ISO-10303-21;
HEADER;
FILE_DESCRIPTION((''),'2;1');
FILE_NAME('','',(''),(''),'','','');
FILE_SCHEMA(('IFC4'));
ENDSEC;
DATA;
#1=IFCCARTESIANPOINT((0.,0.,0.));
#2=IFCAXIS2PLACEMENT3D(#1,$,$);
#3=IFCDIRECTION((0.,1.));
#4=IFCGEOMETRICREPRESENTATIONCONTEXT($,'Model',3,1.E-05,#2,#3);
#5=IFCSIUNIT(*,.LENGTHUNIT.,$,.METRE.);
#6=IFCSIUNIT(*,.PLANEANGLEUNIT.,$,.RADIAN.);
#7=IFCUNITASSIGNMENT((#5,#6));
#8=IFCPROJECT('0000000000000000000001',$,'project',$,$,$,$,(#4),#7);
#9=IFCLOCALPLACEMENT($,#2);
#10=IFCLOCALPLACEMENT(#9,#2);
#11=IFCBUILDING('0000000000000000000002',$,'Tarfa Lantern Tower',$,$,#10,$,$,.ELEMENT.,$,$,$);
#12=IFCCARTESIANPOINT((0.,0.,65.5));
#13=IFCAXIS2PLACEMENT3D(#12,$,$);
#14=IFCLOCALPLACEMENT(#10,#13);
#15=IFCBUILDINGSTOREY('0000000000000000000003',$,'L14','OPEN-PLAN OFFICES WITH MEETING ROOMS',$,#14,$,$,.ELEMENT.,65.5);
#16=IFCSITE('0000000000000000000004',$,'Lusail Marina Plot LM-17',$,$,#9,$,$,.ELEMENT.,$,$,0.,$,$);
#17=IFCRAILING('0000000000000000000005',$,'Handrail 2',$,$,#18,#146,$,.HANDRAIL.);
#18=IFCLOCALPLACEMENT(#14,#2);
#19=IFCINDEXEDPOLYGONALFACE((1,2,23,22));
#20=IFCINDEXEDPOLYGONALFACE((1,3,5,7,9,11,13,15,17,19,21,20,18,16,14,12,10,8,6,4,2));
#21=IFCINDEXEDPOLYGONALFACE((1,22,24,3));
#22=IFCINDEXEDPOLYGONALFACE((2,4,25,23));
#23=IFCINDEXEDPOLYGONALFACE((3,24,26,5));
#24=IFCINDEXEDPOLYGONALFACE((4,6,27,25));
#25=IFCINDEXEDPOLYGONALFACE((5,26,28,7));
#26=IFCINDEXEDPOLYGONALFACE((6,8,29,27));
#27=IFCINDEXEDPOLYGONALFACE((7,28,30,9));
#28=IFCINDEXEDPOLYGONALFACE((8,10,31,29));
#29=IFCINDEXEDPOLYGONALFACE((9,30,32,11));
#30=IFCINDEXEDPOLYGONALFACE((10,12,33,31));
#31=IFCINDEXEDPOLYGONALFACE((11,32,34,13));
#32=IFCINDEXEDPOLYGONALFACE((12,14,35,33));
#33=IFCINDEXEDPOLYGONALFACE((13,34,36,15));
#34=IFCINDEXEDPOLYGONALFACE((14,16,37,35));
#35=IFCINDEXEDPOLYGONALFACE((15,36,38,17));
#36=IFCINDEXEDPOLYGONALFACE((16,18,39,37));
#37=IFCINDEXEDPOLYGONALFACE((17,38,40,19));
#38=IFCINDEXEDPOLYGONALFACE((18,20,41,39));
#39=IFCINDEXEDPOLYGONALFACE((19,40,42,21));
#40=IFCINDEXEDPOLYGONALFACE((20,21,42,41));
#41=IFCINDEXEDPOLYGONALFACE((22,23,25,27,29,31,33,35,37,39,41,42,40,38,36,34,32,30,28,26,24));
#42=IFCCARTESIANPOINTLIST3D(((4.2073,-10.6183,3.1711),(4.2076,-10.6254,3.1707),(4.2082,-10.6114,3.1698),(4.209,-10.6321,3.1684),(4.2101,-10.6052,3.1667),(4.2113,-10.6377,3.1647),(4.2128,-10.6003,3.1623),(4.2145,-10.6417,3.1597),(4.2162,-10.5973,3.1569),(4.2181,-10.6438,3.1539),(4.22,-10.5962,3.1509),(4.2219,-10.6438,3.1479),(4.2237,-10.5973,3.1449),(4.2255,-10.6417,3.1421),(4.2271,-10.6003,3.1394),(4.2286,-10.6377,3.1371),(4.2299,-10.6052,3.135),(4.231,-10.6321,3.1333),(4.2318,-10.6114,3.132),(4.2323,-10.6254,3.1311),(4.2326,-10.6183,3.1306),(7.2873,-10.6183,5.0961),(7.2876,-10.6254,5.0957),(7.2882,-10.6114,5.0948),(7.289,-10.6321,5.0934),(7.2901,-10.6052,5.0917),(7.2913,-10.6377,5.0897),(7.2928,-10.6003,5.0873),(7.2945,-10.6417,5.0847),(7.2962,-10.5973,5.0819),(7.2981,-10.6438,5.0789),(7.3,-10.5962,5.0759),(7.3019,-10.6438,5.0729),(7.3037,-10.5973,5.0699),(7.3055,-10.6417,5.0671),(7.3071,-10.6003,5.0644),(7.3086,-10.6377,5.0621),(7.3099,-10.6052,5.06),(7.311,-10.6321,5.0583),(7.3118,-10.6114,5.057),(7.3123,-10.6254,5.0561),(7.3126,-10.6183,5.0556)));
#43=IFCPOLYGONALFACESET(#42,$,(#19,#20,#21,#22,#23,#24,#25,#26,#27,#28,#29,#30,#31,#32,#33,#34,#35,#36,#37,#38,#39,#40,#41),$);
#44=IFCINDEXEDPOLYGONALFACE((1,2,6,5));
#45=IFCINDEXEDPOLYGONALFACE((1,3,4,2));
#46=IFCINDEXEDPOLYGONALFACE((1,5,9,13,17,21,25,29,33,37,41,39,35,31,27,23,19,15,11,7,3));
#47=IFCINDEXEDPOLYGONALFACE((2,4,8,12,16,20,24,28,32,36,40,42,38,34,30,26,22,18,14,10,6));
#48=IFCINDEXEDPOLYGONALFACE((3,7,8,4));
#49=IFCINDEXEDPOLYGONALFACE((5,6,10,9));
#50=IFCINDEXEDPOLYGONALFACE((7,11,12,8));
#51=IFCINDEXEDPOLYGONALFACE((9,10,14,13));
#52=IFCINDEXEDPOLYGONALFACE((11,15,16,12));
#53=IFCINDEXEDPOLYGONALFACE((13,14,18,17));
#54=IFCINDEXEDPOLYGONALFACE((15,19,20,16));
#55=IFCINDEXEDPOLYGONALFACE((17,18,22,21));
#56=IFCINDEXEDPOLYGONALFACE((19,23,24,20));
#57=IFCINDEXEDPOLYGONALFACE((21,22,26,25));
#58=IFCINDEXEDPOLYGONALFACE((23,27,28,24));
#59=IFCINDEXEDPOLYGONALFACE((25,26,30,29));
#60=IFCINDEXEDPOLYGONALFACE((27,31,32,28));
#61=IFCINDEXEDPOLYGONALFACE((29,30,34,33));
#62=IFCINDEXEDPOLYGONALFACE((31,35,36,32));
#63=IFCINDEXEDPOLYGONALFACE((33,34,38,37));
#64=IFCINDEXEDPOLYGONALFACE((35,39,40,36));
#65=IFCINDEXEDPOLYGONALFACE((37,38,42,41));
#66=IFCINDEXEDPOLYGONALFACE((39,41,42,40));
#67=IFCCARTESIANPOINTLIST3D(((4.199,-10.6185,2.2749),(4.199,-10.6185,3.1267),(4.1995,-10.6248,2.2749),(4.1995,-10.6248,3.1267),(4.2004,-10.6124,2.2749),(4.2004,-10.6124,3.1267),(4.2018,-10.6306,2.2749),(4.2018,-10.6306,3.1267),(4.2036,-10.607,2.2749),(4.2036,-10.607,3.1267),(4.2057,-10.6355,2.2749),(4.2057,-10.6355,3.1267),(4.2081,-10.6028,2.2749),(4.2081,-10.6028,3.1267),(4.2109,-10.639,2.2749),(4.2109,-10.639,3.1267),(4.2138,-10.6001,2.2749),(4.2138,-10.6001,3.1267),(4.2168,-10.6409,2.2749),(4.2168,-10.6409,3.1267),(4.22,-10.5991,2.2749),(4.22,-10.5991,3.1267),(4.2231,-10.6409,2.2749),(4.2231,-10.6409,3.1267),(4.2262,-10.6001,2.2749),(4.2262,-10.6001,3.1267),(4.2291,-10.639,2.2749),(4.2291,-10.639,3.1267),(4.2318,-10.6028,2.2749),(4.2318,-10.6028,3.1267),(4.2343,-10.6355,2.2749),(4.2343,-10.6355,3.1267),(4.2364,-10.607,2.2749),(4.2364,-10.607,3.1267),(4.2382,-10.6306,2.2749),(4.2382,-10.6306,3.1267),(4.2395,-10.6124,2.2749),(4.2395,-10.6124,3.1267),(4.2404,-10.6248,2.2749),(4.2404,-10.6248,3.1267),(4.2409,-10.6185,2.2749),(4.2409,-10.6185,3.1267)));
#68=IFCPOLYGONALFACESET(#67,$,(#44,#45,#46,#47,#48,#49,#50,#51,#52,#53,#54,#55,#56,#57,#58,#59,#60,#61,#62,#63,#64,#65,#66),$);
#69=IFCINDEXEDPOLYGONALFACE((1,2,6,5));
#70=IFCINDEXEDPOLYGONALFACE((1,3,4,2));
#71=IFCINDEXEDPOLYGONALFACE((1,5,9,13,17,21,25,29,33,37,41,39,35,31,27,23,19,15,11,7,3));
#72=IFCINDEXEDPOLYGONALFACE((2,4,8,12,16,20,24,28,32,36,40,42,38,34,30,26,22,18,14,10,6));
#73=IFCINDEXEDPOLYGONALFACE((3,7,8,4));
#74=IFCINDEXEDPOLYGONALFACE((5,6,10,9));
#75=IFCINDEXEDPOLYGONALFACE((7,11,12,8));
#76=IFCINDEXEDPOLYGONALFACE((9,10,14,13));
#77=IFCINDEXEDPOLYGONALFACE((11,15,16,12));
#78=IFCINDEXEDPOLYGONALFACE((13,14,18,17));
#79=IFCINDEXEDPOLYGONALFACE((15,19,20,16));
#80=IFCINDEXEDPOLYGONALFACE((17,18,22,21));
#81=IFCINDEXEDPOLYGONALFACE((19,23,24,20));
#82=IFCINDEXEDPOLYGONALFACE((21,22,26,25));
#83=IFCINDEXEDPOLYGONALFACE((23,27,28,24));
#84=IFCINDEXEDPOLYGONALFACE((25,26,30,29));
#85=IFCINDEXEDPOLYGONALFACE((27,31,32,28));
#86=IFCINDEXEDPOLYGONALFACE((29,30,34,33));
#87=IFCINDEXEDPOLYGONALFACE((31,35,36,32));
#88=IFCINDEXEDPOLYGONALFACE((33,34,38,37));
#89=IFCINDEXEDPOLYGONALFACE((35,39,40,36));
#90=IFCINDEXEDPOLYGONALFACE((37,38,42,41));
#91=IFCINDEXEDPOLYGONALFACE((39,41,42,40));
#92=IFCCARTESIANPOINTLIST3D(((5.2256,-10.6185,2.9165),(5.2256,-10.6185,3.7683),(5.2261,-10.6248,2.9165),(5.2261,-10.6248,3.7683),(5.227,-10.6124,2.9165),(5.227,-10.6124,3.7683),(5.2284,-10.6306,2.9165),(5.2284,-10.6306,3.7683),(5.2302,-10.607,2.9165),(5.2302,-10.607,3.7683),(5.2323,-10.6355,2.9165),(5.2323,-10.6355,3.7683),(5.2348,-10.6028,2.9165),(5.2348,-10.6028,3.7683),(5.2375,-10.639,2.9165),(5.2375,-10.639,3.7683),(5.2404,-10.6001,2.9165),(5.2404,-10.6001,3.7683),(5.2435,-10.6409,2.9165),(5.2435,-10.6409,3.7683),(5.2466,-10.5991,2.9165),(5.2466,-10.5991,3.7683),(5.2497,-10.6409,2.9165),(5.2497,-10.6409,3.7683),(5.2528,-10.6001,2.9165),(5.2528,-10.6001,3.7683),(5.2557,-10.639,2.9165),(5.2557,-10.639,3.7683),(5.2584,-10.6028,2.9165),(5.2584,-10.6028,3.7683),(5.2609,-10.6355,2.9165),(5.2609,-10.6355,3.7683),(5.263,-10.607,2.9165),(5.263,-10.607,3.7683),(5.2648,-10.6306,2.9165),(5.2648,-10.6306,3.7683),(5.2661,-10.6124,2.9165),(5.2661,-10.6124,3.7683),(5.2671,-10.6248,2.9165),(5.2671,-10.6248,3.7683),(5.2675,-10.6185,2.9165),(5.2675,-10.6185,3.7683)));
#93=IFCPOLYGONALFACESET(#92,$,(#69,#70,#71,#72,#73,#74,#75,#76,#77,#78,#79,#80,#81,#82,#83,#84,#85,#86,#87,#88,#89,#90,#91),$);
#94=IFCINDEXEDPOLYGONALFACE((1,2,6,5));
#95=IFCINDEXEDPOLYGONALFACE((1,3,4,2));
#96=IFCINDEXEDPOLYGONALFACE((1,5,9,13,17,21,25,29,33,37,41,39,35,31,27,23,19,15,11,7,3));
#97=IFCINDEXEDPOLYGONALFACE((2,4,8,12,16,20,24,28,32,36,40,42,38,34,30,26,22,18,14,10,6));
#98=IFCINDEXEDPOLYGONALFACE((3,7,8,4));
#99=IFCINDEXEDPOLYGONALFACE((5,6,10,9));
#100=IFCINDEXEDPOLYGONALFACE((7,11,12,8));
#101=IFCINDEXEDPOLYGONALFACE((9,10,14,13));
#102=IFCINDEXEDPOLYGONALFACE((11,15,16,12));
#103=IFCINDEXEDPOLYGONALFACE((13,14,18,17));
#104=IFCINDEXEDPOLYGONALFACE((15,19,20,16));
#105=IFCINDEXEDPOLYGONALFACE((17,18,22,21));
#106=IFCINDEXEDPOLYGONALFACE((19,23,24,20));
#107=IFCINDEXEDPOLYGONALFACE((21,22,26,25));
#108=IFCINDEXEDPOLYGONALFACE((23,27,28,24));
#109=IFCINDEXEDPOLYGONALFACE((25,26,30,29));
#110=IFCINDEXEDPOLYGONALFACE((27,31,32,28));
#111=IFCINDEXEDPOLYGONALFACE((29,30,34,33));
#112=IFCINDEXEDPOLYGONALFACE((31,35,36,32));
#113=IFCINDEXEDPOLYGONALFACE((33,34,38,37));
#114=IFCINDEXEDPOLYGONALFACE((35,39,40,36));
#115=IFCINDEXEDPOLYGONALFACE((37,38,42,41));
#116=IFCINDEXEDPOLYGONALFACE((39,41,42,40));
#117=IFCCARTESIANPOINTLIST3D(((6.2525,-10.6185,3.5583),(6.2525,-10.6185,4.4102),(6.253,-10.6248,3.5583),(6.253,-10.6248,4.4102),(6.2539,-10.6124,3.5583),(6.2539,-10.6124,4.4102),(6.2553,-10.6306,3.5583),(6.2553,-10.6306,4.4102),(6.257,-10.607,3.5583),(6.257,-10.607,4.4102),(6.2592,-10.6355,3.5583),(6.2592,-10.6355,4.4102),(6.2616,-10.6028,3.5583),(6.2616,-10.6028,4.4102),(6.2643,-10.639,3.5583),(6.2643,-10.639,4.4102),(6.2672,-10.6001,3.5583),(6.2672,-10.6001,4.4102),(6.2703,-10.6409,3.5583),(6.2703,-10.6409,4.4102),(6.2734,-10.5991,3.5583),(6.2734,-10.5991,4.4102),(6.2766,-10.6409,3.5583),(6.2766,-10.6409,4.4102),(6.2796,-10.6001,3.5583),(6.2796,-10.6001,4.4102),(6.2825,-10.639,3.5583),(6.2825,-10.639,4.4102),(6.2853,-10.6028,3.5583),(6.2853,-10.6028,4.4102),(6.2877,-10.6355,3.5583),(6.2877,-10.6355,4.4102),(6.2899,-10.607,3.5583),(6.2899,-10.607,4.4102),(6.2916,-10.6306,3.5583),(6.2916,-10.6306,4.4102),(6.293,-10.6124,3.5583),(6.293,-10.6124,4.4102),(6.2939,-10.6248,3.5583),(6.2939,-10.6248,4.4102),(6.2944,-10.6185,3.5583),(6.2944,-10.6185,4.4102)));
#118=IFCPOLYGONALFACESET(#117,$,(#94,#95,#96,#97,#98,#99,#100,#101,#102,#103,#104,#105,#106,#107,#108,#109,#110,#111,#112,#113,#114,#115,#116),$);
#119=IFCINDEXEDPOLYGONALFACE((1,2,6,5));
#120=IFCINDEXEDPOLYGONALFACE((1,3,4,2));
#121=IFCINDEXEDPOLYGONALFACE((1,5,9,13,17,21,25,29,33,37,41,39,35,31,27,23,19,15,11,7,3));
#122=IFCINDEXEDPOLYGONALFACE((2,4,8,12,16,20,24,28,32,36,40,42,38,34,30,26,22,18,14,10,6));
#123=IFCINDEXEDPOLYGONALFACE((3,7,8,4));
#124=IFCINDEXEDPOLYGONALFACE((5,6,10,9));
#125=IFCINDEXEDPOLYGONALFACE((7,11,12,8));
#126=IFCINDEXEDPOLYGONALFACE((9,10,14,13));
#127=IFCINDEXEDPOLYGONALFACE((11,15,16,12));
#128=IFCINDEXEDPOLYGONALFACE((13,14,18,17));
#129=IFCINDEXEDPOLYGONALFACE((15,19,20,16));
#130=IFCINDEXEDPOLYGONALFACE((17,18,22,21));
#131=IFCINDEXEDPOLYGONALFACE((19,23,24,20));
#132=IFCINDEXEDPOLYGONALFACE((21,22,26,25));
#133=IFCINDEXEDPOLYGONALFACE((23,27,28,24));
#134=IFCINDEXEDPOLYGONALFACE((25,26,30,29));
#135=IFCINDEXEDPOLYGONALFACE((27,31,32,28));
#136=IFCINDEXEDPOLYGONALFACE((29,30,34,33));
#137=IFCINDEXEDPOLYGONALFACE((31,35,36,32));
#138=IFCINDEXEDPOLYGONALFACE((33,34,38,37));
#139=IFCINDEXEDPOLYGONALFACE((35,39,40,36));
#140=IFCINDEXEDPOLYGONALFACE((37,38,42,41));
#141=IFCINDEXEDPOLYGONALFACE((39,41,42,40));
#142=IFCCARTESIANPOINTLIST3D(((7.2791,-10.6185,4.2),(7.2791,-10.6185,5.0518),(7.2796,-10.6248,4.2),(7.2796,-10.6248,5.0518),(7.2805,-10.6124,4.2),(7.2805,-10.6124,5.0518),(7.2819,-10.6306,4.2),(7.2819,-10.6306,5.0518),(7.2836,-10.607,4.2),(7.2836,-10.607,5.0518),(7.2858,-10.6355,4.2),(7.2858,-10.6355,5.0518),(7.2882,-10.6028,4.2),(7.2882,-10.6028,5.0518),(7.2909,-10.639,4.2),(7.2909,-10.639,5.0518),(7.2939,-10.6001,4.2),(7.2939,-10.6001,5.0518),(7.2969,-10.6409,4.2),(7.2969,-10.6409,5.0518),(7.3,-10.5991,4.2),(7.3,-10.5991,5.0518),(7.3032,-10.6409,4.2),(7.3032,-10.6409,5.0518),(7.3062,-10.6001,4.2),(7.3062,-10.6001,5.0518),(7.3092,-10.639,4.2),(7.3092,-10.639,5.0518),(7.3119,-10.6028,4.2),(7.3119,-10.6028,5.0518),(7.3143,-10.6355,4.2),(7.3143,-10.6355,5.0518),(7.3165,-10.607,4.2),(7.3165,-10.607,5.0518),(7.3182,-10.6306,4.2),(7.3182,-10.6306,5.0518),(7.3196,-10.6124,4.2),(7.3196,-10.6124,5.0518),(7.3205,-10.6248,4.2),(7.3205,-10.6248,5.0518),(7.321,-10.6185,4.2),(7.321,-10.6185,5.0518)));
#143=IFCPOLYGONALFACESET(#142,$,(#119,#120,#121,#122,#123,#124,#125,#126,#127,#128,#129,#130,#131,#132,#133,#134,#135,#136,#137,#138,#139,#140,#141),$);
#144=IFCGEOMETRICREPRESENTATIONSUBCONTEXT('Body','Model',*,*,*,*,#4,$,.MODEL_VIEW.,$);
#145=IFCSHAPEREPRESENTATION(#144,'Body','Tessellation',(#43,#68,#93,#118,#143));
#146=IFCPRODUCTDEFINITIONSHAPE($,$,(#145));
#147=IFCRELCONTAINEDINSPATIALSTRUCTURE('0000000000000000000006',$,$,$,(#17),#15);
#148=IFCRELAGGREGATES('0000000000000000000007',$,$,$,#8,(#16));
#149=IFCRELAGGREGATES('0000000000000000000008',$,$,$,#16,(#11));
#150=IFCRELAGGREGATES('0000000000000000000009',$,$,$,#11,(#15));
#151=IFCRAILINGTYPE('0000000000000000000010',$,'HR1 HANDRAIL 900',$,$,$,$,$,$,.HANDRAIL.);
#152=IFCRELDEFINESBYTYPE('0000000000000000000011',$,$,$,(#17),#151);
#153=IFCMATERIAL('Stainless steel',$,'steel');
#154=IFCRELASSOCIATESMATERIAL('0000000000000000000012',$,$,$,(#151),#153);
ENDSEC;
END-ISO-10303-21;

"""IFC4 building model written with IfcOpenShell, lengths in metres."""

from ifc_helpers import new_model, si_unit, direction, frame, origin, origin_2d, place, context, subcontext, project, spatial, circle, extrude, material, type_object, element, save


model = new_model("IFC4")

# Units and contexts
model_context = context("Model", 3, precision=1e-05, world=origin(), true_north=direction((0.0, 1.0)))
body_context = subcontext(model_context, "Body", "Model", "MODEL_VIEW")
ifc_project = project(units=[si_unit("LENGTHUNIT", "METRE"), si_unit("PLANEANGLEUNIT", "RADIAN")], contexts=[model_context])

# Site, building, storey
site_placement = place(None, origin())
site = spatial("IfcSite", under=ifc_project, at=site_placement, Name="Lusail Marina Plot LM-17", CompositionType="ELEMENT", RefElevation=0.0)
building_placement = place(site_placement, origin())
building = spatial("IfcBuilding", under=site, at=building_placement, Name="Tarfa Lantern Tower", CompositionType="ELEMENT")
storey_placement = place(building_placement, frame((0.0, 0.0, 65.5)))
storey = spatial("IfcBuildingStorey", under=building, at=storey_placement, Name="L14", Description="OPEN-PLAN OFFICES WITH MEETING ROOMS", CompositionType="ELEMENT", Elevation=65.5)

# Railing
ifc_material_1 = material(Name="Stainless steel", Category="steel")
railing_type = type_object("IfcRailingType", Name="HR1 HANDRAIL 900", PredefinedType="HANDRAIL", material=ifc_material_1)
railing_1_placement = place(storey_placement, frame((4.22, -10.6201, 2.2749)))
element("IfcRailing", 1, at=railing_1_placement, inside=storey, type_object=railing_type, Name="Handrail 2", PredefinedType="HANDRAIL", context=body_context, shape_type="SweptSolid", body=[
    extrude(circle(Radius=0.0239, at=origin_2d()), frame((0.0, 0.0, 0.876), z_axis=(0.847998, 0.0, 0.529999), x_axis=(0.0, 1.0, 0.0)), (0.0, 0.0, 1.0), 3.6321),
    extrude(circle(Radius=0.021, at=origin_2d()), frame((0.0, 0.0, 0.0), z_axis=(0.0, 0.0, 1.0), x_axis=(0.0, 1.0, 0.0)), (0.0, 0.0, 1.0), 0.8518),
    extrude(circle(Radius=0.021, at=origin_2d()), frame((1.0266, 0.0, 0.6416), z_axis=(0.0, 0.0, 1.0), x_axis=(0.0, 1.0, 0.0)), (0.0, 0.0, 1.0), 0.8518),
    extrude(circle(Radius=0.021, at=origin_2d()), frame((2.0535, 0.0, 1.2834), z_axis=(0.0, 0.0, 1.0), x_axis=(0.0, 1.0, 0.0)), (0.0, 0.0, 1.0), 0.8518),
    extrude(circle(Radius=0.021, at=origin_2d()), frame((3.0801, 0.0, 1.925), z_axis=(0.0, 0.0, 1.0), x_axis=(0.0, 1.0, 0.0)), (0.0, 0.0, 1.0), 0.8518),
])

save(model, "model.ifc")
